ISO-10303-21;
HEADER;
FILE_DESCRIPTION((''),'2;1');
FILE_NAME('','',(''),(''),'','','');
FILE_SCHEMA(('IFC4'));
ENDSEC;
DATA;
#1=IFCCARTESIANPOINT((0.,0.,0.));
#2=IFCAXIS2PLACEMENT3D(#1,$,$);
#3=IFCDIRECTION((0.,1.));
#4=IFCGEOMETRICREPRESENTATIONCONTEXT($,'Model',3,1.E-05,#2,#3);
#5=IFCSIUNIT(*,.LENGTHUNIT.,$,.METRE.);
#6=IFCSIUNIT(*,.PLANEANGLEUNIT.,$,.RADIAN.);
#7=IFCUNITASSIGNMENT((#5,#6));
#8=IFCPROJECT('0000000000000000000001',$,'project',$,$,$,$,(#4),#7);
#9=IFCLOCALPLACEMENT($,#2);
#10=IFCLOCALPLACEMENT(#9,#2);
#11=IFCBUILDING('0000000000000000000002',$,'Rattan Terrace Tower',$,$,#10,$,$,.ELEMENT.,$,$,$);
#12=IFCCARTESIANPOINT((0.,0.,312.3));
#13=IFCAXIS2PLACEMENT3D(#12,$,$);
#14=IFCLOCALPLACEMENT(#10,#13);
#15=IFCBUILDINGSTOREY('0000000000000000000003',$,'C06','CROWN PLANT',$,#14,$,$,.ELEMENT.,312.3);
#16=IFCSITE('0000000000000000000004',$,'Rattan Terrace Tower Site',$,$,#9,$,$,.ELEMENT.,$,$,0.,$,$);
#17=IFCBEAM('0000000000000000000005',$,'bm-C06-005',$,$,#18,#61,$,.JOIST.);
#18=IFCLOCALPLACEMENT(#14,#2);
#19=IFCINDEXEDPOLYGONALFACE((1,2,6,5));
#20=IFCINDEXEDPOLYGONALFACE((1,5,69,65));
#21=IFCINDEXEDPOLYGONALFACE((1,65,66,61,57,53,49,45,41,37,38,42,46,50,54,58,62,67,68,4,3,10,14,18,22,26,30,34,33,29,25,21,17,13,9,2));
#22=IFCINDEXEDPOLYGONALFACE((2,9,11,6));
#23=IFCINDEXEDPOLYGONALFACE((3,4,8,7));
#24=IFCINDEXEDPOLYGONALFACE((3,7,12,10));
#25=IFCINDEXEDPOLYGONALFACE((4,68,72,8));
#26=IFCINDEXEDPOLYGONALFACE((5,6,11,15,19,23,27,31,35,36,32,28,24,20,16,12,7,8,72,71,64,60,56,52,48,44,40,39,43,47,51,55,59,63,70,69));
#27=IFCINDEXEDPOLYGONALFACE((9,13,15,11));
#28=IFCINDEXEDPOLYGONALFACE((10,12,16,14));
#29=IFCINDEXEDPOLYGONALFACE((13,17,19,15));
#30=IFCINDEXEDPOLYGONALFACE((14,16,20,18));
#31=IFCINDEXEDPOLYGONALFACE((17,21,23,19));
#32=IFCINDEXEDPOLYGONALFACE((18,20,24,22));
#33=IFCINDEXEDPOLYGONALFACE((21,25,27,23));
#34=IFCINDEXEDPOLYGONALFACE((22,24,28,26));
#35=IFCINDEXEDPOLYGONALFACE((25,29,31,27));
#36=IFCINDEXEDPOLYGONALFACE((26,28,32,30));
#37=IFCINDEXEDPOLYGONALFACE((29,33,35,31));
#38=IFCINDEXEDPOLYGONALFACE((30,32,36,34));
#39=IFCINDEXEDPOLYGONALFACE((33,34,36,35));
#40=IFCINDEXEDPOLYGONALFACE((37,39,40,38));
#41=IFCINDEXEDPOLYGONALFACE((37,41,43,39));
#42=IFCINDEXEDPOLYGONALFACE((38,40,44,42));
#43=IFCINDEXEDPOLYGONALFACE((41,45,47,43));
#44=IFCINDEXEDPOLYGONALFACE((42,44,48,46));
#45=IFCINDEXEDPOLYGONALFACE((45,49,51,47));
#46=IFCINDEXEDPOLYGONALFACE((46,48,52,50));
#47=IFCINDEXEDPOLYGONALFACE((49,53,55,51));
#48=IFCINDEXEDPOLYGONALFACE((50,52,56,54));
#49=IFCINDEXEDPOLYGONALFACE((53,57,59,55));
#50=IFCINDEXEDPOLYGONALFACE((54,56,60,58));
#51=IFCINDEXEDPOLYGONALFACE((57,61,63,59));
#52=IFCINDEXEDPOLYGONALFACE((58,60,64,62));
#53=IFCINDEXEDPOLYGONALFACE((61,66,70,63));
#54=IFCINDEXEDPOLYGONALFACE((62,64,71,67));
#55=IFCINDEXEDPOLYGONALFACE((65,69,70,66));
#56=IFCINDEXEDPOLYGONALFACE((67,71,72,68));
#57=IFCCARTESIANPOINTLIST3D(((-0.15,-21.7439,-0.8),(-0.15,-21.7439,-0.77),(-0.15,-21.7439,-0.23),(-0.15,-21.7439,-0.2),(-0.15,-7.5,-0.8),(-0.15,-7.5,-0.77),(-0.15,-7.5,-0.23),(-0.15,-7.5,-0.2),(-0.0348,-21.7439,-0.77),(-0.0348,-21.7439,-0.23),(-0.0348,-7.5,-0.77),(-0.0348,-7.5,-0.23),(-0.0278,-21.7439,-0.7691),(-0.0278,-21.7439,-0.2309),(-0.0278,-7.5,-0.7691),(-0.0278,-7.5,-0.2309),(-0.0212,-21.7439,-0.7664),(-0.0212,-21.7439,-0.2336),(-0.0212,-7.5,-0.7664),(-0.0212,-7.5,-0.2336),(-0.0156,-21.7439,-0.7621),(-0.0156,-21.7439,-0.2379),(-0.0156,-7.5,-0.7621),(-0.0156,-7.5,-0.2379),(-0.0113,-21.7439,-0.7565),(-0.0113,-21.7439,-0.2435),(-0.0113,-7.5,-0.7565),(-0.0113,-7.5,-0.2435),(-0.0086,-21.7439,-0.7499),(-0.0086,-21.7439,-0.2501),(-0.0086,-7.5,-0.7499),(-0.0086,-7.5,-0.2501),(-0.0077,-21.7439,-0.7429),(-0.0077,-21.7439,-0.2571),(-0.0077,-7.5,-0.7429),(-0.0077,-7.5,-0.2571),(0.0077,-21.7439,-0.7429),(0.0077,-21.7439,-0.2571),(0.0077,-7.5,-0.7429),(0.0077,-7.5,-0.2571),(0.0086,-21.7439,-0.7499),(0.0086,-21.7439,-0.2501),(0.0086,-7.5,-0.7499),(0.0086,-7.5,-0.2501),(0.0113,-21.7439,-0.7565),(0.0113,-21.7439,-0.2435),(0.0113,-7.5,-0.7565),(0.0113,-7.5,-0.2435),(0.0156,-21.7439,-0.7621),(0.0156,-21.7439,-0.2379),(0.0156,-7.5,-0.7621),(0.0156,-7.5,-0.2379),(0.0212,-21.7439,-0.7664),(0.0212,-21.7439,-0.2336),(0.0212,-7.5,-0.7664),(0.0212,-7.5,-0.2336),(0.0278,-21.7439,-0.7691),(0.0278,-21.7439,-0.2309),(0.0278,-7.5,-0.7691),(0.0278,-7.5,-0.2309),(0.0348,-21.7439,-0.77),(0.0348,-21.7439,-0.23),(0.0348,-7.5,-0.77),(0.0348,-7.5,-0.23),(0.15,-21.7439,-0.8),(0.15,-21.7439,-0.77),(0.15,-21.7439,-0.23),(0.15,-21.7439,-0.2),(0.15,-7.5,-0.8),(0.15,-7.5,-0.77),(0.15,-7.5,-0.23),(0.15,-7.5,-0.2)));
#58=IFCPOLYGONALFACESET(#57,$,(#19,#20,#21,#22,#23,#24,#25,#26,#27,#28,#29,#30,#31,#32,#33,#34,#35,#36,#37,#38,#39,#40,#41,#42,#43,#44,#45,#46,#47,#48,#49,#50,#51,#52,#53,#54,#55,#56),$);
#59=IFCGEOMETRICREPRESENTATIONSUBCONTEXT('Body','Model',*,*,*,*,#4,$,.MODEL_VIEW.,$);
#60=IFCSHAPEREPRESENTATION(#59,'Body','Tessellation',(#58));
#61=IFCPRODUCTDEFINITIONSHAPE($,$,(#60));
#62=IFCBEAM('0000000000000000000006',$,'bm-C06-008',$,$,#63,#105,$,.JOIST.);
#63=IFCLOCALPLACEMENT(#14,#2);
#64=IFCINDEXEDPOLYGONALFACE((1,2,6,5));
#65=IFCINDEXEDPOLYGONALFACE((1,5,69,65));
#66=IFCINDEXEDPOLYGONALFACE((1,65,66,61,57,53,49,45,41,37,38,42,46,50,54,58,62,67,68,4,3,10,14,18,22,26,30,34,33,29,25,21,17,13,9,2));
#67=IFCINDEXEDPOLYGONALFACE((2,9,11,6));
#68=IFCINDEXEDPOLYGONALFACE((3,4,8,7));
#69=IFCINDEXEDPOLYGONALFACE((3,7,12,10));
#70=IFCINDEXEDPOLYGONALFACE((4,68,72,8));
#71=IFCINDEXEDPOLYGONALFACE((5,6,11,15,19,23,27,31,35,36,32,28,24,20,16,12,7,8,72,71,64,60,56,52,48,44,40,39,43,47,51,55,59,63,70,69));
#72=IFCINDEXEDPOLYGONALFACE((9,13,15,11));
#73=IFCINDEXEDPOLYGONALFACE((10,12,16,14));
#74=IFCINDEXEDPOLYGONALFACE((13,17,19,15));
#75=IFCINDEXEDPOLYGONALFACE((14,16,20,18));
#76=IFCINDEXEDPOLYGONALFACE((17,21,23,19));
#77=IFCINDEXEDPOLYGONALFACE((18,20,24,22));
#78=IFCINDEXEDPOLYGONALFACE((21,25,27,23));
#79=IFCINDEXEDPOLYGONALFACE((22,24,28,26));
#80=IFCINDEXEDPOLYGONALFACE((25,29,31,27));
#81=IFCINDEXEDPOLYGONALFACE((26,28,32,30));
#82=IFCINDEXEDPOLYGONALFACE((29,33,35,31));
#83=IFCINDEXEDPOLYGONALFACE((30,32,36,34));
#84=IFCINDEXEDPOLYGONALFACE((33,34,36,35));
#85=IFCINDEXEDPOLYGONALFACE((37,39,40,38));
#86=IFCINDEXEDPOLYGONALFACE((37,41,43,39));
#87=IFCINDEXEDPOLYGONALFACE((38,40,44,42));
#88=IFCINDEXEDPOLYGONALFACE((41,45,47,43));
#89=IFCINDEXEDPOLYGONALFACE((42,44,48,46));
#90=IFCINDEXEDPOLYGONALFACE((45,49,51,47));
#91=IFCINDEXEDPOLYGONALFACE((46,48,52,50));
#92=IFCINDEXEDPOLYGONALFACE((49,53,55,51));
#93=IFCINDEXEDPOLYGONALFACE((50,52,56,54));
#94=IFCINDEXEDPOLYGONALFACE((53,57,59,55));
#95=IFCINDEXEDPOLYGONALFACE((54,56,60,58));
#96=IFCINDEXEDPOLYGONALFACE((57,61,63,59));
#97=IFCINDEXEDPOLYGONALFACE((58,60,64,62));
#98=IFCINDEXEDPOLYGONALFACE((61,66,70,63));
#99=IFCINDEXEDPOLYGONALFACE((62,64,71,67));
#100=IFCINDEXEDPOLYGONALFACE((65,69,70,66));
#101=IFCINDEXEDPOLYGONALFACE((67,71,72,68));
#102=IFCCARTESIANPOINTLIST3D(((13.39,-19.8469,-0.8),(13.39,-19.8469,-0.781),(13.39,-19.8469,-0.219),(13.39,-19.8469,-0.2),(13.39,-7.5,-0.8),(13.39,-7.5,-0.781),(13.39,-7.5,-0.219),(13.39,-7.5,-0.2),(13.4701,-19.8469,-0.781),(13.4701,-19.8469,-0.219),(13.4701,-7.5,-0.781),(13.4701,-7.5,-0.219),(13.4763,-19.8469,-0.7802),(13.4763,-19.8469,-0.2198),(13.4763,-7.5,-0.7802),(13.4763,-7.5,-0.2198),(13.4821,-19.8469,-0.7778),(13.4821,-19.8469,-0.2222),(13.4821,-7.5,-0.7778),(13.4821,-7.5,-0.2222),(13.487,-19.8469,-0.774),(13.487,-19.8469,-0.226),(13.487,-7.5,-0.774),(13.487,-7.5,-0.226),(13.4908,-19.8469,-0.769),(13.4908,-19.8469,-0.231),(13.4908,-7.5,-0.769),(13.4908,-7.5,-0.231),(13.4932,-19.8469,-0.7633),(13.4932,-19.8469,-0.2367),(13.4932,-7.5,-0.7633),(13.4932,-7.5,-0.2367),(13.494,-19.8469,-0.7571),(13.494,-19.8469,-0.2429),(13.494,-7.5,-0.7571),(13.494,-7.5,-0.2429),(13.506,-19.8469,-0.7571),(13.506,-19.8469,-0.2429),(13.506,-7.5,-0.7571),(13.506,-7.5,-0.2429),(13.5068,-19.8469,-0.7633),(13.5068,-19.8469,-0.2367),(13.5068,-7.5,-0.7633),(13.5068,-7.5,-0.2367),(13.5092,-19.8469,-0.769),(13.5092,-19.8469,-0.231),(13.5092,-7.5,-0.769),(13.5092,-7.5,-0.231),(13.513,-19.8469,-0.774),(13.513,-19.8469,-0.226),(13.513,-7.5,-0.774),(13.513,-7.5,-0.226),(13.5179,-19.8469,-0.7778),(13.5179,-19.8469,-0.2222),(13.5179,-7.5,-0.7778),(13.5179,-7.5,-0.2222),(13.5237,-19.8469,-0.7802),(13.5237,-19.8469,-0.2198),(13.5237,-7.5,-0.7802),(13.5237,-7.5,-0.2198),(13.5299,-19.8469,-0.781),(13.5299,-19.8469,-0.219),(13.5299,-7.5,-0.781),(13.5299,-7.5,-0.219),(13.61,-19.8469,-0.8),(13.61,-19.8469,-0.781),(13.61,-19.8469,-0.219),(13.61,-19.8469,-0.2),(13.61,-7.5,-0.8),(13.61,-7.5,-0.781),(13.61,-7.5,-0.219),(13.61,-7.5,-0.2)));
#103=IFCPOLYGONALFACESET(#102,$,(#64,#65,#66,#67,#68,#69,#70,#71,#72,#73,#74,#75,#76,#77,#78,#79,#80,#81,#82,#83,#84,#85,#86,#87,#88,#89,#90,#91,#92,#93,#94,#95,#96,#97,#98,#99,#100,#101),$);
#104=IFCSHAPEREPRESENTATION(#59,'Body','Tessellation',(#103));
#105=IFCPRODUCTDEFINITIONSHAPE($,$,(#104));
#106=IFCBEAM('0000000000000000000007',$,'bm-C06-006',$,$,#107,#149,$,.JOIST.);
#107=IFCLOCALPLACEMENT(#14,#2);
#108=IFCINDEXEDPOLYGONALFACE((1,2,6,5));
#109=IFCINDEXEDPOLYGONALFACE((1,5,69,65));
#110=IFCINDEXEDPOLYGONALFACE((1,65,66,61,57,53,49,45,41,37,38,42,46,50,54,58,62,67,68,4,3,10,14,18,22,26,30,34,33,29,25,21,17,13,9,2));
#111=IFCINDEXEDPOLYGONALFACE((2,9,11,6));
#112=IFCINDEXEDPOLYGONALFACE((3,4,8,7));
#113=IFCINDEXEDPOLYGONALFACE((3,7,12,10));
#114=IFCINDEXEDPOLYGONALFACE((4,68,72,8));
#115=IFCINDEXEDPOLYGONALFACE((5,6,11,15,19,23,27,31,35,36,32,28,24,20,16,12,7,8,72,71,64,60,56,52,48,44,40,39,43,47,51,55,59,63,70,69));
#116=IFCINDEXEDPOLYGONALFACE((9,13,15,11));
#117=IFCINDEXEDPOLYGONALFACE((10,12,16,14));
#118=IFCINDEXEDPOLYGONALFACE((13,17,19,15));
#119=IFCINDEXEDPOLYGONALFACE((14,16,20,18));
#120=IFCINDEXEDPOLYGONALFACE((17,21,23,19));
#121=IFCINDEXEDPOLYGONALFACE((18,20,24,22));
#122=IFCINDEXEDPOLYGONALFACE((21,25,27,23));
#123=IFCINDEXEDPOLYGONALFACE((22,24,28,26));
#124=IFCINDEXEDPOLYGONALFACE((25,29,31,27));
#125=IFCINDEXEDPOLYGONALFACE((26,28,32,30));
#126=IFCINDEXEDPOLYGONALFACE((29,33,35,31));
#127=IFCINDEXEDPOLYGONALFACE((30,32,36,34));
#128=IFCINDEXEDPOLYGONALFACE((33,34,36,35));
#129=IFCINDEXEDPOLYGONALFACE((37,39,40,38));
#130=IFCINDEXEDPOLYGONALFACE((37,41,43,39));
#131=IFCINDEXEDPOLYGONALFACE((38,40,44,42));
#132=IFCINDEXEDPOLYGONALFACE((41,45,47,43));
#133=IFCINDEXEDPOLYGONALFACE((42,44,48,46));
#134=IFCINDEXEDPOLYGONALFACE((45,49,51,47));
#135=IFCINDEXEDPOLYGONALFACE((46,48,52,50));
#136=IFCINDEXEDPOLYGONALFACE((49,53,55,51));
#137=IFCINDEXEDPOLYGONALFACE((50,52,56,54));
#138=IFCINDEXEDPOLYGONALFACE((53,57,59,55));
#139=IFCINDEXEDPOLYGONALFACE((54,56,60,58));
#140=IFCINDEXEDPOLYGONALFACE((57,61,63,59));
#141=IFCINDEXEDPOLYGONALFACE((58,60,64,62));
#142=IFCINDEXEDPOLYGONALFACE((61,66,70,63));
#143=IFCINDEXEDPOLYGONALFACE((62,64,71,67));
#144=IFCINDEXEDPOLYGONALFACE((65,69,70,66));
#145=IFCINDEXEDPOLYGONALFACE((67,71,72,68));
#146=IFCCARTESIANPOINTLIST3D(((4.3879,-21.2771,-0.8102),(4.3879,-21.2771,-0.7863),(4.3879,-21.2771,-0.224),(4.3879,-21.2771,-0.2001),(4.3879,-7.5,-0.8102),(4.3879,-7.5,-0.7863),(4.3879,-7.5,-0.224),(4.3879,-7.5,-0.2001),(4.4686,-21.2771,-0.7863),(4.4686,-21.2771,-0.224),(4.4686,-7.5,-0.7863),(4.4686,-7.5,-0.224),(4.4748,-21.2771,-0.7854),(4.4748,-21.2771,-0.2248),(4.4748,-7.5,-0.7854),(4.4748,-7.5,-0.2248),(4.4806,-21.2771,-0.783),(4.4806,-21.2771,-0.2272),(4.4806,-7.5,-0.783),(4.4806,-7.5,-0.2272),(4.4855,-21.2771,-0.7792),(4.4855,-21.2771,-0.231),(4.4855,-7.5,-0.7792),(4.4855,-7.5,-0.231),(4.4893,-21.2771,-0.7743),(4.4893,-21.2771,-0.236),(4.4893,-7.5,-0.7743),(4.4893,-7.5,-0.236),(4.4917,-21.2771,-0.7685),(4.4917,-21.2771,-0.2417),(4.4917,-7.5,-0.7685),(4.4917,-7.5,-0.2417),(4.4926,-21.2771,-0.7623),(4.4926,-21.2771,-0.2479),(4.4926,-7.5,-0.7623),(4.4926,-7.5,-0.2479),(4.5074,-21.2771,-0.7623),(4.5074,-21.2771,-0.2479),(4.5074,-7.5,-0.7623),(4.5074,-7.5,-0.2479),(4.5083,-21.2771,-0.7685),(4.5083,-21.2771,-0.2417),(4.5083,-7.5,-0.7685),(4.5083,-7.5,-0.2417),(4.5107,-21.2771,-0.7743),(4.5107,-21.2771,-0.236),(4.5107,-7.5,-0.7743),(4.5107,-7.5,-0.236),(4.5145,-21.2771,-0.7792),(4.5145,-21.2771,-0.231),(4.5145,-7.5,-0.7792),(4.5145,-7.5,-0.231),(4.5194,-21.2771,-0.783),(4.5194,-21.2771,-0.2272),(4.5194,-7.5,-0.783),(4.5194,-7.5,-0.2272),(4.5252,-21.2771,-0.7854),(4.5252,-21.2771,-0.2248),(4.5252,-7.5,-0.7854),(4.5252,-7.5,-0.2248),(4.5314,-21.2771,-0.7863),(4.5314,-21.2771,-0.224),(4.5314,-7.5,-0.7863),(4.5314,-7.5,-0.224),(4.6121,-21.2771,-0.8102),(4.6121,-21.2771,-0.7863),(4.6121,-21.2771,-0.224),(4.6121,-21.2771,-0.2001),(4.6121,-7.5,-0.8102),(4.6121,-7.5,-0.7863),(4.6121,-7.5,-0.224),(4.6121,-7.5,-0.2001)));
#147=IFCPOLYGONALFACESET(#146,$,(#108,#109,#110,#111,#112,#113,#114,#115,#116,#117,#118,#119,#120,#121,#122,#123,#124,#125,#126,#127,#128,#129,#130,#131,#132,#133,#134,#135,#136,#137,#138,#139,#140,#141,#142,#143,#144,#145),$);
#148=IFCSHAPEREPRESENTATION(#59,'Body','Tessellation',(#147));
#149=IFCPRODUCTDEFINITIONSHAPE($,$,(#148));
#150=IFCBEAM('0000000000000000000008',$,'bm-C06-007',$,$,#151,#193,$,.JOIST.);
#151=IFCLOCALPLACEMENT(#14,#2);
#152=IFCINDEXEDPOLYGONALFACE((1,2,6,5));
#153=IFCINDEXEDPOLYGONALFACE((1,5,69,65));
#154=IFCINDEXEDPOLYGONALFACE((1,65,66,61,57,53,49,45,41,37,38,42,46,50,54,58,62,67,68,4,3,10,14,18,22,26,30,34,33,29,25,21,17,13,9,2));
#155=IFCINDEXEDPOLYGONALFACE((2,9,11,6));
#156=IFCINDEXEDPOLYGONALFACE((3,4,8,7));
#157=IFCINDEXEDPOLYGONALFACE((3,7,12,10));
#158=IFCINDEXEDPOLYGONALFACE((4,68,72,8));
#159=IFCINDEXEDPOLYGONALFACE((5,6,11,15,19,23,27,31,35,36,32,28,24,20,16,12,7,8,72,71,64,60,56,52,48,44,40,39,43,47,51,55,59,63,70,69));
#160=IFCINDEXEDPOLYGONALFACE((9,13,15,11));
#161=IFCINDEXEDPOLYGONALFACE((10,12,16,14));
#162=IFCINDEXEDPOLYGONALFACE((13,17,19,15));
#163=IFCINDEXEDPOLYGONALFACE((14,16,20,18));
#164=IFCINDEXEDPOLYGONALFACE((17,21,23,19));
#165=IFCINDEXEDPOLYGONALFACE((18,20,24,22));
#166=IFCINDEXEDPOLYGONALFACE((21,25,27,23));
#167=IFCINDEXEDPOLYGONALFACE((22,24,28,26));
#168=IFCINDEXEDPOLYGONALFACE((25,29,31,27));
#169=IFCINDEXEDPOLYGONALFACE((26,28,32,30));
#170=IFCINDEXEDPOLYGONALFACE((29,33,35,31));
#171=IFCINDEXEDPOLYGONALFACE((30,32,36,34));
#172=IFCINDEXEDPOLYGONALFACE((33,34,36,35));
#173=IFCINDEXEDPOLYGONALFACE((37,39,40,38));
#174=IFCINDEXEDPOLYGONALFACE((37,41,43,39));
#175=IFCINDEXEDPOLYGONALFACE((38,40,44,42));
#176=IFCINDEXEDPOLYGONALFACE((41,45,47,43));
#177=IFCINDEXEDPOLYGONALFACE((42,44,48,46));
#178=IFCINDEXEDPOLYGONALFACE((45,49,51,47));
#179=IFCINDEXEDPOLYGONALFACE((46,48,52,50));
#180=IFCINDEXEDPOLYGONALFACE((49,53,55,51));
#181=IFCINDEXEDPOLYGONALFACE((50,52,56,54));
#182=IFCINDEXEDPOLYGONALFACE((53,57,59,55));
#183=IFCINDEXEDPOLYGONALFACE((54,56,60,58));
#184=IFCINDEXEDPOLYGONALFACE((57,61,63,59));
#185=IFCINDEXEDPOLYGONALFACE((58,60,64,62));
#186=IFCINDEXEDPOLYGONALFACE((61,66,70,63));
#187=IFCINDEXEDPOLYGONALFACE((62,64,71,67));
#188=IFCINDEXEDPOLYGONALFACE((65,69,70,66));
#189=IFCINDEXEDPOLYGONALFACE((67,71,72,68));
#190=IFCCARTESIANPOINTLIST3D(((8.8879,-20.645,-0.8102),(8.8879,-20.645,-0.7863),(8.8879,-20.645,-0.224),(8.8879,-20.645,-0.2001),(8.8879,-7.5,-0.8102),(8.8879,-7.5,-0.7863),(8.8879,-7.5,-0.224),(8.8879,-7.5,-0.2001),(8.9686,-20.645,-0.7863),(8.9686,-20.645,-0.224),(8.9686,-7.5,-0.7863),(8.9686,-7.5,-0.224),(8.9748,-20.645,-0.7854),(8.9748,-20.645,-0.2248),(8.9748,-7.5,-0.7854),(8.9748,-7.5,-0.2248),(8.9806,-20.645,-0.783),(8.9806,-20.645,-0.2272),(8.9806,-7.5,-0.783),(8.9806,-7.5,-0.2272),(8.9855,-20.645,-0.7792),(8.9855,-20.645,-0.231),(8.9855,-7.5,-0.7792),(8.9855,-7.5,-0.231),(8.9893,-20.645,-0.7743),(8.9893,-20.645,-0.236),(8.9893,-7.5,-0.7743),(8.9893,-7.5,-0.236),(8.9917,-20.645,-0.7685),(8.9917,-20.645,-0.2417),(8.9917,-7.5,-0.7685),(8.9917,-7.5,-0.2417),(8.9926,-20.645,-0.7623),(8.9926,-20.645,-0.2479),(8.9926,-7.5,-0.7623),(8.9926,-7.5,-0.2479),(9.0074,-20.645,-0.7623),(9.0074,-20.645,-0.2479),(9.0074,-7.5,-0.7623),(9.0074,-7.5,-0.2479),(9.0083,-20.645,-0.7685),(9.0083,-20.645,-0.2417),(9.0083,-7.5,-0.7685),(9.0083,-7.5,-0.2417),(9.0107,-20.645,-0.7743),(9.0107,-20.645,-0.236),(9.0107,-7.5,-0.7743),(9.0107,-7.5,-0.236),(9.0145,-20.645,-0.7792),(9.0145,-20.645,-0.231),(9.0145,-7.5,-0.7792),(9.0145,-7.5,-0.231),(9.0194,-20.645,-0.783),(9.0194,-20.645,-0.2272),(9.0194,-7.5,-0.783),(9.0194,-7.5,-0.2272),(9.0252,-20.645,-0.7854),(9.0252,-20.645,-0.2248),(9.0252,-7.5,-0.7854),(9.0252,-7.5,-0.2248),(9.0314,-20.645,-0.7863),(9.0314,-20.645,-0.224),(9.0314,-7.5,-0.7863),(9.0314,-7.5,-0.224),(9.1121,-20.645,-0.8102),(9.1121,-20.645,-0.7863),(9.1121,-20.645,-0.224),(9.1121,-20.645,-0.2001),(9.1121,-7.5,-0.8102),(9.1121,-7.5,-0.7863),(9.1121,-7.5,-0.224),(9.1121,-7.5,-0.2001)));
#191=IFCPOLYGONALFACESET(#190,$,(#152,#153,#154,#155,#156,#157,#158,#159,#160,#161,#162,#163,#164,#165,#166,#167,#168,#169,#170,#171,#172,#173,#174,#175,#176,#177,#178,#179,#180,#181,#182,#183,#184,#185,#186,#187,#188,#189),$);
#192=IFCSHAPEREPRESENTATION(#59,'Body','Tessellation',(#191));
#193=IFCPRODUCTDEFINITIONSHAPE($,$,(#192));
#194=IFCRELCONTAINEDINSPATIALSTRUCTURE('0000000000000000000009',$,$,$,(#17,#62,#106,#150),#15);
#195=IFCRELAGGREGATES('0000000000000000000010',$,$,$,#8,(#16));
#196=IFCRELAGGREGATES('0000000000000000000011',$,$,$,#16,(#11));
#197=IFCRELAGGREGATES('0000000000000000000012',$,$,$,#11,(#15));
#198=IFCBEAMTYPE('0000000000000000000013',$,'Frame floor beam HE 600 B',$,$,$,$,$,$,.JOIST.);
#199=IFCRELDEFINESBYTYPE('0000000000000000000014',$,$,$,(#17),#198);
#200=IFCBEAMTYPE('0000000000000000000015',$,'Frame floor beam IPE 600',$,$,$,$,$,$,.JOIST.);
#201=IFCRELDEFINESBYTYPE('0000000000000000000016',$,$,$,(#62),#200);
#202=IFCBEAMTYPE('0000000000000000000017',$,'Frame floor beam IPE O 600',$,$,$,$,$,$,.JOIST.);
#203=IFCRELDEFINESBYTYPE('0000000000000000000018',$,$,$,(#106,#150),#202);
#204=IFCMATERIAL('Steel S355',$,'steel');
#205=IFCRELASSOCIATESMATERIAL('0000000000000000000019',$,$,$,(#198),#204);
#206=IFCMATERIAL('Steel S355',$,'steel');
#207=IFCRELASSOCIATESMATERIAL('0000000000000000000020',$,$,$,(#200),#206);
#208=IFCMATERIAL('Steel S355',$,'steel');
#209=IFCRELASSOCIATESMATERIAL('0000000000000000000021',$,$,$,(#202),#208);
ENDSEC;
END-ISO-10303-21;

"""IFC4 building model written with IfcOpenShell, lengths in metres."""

from ifc_helpers import new_model, si_unit, direction, frame, origin, origin_2d, place, context, subcontext, project, spatial, i_section, extrude, material, material_profile, profile_set, type_object, element, save


model = new_model("IFC4")

# Units and contexts
model_context = context("Model", 3, precision=1e-05, world=origin(), true_north=direction((0.0, 1.0)))
body_context = subcontext(model_context, "Body", "Model", "MODEL_VIEW")
ifc_project = project(units=[si_unit("LENGTHUNIT", "METRE"), si_unit("PLANEANGLEUNIT", "RADIAN")], contexts=[model_context])

# Site, building, storey
site_placement = place(None, origin())
site = spatial("IfcSite", under=ifc_project, at=site_placement, Name="Rattan Terrace Tower Site", CompositionType="ELEMENT", RefElevation=0.0)
building_placement = place(site_placement, origin())
building = spatial("IfcBuilding", under=site, at=building_placement, Name="Rattan Terrace Tower", CompositionType="ELEMENT")
storey_placement = place(building_placement, frame((0.0, 0.0, 312.3)))
storey = spatial("IfcBuildingStorey", under=building, at=storey_placement, Name="C06", Description="CROWN PLANT", CompositionType="ELEMENT", Elevation=312.3)

# Beams
ifc_material_1 = material(Name="Steel S355", Category="steel")
ifc_material_profile_1 = material_profile(ifc_material_1, i_section(OverallWidth=0.3, OverallDepth=0.6001, WebThickness=0.0154, FlangeThickness=0.03, FilletRadius=0.0271, at=origin_2d()), Name="HE 600 B")
ifc_profile_set_1 = profile_set([ifc_material_profile_1], Name="Steel S355")
beam_type_1 = type_object("IfcBeamType", Name="Frame floor beam HE 600 B", PredefinedType="JOIST", material=ifc_profile_set_1)
beam_1_placement = place(storey_placement, frame((0.0, -21.7439, -0.5), z_axis=(0.0, 1.0, 0.0), x_axis=(-1.0, 0.0, 0.0)))
element("IfcBeam", 1, at=beam_1_placement, inside=storey, type_object=beam_type_1, Name="bm-C06-005", PredefinedType="JOIST", context=body_context, shape_type="SweptSolid", body=[
    extrude(i_section(OverallWidth=0.3, OverallDepth=0.6001, WebThickness=0.0154, FlangeThickness=0.03, FilletRadius=0.0271, at=origin_2d()), origin(), (0.0, 0.0, 1.0), 14.2439),
])
ifc_material_2 = material(Name="Steel S355", Category="steel")
ifc_material_profile_2 = material_profile(ifc_material_2, i_section(OverallWidth=0.22, OverallDepth=0.6001, WebThickness=0.012, FlangeThickness=0.019, FilletRadius=0.0239, at=origin_2d()), Name="IPE 600")
ifc_profile_set_2 = profile_set([ifc_material_profile_2], Name="Steel S355")
beam_type_2 = type_object("IfcBeamType", Name="Frame floor beam IPE 600", PredefinedType="JOIST", material=ifc_profile_set_2)
beam_2_placement = place(storey_placement, frame((13.5, -19.8469, -0.5), z_axis=(0.0, 1.0, 0.0), x_axis=(-1.0, 0.0, 0.0)))
element("IfcBeam", 2, at=beam_2_placement, inside=storey, type_object=beam_type_2, Name="bm-C06-008", PredefinedType="JOIST", context=body_context, shape_type="SweptSolid", body=[
    extrude(i_section(OverallWidth=0.22, OverallDepth=0.6001, WebThickness=0.012, FlangeThickness=0.019, FilletRadius=0.0239, at=origin_2d()), origin(), (0.0, 0.0, 1.0), 12.3469),
])
ifc_material_3 = material(Name="Steel S355", Category="steel")
ifc_material_profile_3 = material_profile(ifc_material_3, i_section(OverallWidth=0.2241, OverallDepth=0.6101, WebThickness=0.0149, FlangeThickness=0.0239, FilletRadius=0.0239, at=origin_2d()), Name="IPE O 600")
ifc_profile_set_3 = profile_set([ifc_material_profile_3], Name="Steel S355")
beam_type_3 = type_object("IfcBeamType", Name="Frame floor beam IPE O 600", PredefinedType="JOIST", material=ifc_profile_set_3)
beam_3_placement = place(storey_placement, frame((4.5, -21.2771, -0.5051), z_axis=(0.0, 1.0, 0.0), x_axis=(-1.0, 0.0, 0.0)))
element("IfcBeam", 3, at=beam_3_placement, inside=storey, type_object=beam_type_3, Name="bm-C06-006", PredefinedType="JOIST", context=body_context, shape_type="SweptSolid", body=[
    extrude(i_section(OverallWidth=0.2241, OverallDepth=0.6101, WebThickness=0.0149, FlangeThickness=0.0239, FilletRadius=0.0239, at=origin_2d()), origin(), (0.0, 0.0, 1.0), 13.7771),
])
beam_4_placement = place(storey_placement, frame((9.0, -20.645, -0.5051), z_axis=(0.0, 1.0, 0.0), x_axis=(-1.0, 0.0, 0.0)))
element("IfcBeam", 4, at=beam_4_placement, inside=storey, type_object=beam_type_3, Name="bm-C06-007", PredefinedType="JOIST", context=body_context, shape_type="SweptSolid", body=[
    extrude(i_section(OverallWidth=0.2241, OverallDepth=0.6101, WebThickness=0.0149, FlangeThickness=0.0239, FilletRadius=0.0239, at=origin_2d()), origin(), (0.0, 0.0, 1.0), 13.145),
])

save(model, "model.ifc")
